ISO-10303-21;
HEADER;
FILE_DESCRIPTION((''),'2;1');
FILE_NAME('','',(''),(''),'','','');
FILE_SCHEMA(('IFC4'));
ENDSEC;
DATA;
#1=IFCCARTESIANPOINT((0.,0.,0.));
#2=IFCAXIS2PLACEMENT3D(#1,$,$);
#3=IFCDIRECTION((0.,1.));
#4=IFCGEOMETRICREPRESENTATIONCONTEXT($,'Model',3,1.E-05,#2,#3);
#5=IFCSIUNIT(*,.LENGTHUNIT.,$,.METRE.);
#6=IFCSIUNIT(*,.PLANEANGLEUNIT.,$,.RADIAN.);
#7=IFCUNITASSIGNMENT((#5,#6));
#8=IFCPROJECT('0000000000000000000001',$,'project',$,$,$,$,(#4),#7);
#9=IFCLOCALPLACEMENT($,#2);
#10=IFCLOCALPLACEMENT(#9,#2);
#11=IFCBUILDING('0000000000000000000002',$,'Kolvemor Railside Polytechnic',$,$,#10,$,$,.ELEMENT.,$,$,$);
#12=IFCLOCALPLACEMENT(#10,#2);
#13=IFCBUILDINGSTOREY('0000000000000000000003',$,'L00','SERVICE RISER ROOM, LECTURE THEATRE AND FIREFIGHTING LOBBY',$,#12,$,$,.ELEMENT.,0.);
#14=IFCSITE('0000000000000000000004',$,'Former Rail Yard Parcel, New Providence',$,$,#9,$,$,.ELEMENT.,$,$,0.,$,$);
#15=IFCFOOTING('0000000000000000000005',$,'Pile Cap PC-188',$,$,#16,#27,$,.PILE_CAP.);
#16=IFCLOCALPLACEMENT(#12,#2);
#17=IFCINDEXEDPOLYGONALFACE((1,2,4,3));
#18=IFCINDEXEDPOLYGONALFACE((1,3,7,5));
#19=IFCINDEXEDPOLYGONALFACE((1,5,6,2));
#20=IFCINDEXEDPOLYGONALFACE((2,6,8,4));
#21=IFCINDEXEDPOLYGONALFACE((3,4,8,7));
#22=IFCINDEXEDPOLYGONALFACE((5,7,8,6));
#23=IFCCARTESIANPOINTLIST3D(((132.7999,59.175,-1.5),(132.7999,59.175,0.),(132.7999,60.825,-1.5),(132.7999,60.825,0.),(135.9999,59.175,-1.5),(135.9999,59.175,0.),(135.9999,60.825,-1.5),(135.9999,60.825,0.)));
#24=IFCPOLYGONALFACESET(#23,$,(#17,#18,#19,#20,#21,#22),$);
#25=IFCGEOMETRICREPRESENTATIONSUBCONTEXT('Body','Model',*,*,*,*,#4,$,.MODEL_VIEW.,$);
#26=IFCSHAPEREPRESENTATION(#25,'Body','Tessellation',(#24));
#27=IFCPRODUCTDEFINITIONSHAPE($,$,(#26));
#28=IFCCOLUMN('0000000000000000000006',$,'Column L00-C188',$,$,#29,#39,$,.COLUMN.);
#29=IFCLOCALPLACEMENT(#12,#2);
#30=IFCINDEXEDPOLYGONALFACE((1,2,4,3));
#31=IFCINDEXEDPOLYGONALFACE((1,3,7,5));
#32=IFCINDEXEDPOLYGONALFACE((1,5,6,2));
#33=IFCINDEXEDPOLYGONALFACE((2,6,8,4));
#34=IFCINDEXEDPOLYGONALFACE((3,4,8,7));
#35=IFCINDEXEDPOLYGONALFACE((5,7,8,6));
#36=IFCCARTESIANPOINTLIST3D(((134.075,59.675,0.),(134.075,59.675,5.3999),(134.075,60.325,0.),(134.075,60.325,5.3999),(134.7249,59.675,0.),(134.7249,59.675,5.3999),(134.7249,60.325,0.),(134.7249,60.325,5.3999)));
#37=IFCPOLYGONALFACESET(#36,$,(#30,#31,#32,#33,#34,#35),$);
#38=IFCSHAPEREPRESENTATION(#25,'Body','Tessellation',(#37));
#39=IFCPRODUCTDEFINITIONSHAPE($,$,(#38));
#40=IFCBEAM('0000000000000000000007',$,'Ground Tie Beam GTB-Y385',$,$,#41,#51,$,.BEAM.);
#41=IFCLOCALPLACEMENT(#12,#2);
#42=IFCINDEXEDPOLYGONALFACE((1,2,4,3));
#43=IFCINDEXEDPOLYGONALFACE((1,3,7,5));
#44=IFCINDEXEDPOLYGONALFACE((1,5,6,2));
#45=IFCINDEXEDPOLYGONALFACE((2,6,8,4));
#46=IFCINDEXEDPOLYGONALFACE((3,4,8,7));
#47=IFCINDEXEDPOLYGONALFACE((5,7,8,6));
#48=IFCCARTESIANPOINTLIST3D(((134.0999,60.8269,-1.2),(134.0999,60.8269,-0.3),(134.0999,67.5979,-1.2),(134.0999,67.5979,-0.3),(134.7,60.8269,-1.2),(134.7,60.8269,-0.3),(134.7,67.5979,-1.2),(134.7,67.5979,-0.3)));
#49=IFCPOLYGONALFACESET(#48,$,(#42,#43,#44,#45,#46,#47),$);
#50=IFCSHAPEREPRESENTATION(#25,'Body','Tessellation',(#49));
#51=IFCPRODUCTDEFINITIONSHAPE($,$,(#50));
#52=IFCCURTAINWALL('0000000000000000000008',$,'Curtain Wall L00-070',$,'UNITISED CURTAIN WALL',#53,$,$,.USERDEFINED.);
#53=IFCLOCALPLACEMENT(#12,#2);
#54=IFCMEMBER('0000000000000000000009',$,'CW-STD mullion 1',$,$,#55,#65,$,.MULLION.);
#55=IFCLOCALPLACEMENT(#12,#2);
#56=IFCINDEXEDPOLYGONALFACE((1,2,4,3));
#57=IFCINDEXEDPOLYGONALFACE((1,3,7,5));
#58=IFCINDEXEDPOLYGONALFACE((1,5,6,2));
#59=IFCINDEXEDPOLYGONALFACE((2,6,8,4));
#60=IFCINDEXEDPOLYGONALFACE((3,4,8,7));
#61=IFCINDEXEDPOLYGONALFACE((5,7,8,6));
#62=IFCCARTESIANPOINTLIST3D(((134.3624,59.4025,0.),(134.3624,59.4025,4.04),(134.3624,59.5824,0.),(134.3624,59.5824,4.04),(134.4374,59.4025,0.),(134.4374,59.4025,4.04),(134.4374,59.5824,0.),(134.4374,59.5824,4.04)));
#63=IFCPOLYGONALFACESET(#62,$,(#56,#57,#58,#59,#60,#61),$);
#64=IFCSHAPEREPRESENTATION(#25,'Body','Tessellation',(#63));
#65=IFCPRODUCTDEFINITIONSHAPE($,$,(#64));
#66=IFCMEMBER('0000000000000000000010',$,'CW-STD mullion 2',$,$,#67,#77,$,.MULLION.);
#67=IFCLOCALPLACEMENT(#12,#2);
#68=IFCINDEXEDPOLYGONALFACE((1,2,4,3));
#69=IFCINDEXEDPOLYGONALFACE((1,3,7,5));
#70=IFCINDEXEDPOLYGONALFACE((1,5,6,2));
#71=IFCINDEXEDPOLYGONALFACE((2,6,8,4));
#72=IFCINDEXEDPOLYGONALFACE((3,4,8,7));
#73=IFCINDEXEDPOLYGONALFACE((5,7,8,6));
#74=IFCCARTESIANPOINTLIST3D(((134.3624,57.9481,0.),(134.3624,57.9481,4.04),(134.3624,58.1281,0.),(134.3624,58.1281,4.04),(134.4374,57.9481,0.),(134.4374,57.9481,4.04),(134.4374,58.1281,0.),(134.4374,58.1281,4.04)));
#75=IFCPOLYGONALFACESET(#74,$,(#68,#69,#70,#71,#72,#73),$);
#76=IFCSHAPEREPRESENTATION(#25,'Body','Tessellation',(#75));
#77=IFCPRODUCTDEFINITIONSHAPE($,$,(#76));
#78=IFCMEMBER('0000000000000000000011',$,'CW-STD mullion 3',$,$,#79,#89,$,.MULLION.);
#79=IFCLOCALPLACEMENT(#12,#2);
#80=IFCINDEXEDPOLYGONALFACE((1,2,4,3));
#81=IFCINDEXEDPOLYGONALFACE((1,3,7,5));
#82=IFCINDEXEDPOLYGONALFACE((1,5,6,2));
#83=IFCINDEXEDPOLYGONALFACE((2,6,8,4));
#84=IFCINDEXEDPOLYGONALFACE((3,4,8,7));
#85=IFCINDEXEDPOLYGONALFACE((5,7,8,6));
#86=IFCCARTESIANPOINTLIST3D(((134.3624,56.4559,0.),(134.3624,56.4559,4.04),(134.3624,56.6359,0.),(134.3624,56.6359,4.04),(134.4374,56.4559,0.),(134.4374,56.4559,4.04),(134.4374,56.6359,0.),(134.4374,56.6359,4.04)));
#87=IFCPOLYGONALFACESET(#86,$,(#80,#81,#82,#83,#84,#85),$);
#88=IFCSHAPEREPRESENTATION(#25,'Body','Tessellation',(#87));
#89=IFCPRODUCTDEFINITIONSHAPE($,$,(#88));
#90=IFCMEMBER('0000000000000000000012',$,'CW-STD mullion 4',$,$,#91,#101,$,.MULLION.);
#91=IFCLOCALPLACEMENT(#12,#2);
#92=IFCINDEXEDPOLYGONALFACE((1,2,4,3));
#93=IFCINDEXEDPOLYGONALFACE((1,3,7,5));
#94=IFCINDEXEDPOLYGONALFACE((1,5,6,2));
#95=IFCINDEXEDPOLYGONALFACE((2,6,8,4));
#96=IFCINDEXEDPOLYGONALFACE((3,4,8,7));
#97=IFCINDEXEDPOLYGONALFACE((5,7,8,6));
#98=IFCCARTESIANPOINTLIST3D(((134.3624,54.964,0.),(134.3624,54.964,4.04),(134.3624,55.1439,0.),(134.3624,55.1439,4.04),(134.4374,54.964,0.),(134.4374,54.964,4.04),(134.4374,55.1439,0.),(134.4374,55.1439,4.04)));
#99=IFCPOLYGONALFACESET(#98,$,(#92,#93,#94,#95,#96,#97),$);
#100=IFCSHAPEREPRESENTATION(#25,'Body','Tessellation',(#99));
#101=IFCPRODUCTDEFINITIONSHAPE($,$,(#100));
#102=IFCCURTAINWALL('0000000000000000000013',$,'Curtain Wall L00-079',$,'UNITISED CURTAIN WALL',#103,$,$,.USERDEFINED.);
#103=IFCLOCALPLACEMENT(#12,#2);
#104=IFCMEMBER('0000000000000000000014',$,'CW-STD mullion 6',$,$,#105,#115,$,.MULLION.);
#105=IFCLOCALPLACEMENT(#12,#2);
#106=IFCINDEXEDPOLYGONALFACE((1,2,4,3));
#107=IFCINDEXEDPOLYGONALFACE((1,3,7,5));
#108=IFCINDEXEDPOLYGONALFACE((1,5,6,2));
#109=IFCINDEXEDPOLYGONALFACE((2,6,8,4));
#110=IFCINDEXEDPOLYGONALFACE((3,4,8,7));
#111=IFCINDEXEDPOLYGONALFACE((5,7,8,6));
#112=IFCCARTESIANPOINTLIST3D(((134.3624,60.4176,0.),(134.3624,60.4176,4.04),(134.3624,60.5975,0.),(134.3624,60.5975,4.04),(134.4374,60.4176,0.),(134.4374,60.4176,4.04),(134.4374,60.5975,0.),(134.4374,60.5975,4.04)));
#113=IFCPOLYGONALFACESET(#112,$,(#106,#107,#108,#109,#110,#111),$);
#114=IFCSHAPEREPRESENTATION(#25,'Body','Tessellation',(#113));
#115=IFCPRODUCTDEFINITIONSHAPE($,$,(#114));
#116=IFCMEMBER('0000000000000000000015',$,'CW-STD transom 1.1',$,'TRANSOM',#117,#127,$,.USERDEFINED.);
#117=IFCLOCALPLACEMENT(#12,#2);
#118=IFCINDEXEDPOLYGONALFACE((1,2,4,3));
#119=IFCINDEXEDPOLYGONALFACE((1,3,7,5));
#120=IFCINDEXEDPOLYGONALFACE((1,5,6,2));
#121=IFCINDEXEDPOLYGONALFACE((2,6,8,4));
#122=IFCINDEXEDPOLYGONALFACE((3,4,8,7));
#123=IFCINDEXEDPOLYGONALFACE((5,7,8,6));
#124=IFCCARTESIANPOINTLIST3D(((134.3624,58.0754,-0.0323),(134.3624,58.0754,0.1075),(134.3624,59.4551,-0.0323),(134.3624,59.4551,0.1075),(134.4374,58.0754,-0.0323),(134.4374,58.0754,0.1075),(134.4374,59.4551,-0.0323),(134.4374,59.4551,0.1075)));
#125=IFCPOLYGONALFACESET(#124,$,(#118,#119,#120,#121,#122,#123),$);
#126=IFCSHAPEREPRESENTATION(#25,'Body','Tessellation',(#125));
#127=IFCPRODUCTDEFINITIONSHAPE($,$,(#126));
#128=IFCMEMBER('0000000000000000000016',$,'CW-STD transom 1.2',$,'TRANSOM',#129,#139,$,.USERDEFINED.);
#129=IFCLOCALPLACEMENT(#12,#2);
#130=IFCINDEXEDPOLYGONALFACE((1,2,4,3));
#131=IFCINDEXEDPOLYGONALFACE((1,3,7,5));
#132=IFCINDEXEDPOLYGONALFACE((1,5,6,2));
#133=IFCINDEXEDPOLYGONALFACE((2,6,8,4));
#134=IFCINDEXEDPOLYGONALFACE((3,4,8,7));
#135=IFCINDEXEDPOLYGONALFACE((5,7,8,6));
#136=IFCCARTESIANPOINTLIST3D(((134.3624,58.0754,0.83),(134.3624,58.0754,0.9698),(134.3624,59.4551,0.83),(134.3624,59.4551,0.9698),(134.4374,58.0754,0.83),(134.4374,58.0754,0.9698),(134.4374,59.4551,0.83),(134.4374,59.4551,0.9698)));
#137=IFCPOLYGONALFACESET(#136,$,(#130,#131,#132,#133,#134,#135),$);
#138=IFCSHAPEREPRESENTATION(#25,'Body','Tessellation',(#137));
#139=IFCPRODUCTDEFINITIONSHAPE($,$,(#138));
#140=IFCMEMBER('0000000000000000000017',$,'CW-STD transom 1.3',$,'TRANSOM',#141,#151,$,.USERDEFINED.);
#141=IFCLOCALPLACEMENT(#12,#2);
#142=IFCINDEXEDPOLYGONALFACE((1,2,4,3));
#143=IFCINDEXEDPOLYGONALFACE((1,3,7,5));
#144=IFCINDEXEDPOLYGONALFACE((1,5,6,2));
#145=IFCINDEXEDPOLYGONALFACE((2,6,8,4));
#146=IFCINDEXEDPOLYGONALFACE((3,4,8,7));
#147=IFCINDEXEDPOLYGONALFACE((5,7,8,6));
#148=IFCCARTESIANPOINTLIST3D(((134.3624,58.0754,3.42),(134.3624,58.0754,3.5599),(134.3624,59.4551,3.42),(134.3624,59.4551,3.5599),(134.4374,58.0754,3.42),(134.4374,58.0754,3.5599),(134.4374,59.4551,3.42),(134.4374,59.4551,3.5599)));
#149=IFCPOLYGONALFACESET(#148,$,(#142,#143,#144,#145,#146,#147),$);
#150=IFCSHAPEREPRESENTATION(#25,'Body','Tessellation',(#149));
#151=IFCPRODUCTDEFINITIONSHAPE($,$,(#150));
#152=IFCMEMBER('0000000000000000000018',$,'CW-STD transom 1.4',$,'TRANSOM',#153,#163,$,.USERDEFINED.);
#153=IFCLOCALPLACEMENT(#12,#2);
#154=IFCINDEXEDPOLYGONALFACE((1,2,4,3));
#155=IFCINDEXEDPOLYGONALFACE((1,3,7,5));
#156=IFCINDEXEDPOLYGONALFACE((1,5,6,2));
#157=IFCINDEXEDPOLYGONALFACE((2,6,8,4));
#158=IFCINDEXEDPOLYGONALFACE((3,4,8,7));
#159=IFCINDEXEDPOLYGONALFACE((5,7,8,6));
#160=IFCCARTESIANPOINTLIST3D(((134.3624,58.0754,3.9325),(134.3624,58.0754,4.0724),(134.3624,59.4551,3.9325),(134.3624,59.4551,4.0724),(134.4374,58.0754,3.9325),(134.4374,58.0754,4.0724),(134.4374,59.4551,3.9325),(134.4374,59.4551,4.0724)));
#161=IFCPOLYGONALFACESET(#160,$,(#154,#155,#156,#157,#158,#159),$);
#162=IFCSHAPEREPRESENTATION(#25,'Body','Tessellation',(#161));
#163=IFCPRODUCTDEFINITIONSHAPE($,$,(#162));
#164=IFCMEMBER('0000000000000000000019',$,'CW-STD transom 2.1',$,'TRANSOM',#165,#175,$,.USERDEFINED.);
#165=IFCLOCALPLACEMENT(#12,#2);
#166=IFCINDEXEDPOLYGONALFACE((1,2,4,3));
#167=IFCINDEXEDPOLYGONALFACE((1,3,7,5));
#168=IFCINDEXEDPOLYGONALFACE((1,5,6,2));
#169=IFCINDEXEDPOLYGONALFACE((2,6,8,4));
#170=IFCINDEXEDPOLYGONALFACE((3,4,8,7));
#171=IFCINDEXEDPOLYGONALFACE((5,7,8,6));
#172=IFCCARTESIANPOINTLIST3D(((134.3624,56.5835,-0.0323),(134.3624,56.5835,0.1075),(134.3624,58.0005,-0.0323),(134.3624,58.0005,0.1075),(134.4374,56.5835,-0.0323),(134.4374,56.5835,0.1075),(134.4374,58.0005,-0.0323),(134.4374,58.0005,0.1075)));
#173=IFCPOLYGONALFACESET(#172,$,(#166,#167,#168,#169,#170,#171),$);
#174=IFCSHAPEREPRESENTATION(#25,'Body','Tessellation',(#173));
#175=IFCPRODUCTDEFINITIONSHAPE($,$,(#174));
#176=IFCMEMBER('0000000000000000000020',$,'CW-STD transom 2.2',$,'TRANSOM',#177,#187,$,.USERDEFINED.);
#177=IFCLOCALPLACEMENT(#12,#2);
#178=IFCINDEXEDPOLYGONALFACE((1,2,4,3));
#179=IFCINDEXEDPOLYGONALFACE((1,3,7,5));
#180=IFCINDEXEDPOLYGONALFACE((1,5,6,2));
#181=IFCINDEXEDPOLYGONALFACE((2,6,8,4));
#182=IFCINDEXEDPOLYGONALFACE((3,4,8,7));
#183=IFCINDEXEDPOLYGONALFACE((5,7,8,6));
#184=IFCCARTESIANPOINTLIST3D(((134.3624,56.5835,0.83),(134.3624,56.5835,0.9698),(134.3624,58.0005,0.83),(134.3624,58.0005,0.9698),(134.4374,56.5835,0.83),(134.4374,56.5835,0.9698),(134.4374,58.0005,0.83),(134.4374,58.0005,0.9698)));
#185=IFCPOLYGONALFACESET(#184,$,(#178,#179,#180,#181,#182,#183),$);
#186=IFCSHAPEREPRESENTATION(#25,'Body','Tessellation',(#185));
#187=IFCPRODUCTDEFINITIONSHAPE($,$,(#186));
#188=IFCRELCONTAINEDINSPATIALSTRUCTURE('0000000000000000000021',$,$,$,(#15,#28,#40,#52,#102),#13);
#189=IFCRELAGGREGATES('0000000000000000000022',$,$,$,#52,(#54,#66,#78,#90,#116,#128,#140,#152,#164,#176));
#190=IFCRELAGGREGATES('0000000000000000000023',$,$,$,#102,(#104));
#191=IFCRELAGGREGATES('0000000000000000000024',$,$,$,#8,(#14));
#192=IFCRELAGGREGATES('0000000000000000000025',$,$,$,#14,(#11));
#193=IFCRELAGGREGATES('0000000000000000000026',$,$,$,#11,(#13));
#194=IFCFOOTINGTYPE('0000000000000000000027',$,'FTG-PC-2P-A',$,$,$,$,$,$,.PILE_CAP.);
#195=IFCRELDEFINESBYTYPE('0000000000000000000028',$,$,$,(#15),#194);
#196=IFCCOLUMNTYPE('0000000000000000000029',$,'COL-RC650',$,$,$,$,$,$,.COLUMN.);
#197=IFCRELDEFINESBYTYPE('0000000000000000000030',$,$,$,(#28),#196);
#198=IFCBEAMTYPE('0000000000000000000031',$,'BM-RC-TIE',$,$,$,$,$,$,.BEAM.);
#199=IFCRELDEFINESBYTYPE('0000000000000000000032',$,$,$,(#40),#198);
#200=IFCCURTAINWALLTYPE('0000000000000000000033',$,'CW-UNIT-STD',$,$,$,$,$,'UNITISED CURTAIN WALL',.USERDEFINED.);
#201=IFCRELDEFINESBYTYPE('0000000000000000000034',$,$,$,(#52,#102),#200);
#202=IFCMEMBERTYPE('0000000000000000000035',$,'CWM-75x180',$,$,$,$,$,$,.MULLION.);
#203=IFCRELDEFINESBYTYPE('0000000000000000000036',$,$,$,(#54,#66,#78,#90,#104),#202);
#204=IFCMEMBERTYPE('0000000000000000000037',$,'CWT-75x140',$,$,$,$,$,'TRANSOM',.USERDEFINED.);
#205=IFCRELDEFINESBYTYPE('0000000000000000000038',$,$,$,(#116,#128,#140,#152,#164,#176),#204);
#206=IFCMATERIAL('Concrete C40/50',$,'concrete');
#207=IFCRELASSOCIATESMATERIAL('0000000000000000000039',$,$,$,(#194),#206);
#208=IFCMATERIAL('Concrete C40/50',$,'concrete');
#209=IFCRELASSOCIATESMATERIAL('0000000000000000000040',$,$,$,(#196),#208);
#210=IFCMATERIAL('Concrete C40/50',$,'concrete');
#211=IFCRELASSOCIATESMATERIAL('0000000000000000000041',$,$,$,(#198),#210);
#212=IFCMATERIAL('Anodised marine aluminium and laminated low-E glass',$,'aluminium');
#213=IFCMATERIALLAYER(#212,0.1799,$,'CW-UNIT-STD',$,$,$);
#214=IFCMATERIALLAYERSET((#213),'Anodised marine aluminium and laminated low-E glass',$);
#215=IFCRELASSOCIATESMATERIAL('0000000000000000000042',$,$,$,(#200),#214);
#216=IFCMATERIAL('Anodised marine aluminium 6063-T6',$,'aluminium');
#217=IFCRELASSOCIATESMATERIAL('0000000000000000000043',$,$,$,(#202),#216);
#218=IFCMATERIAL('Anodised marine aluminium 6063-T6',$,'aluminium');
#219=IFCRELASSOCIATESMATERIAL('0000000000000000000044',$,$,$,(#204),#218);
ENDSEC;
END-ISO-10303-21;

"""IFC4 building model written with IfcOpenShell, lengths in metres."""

from ifc_helpers import new_model, si_unit, direction, frame, origin, origin_2d, place, context, subcontext, project, spatial, rectangle, extrude, material, layer, layer_set, material_profile, profile_set, type_object, element, aggregate, save


model = new_model("IFC4")

# Units and contexts
model_context = context("Model", 3, precision=1e-05, world=origin(), true_north=direction((0.0, 1.0)))
body_context = subcontext(model_context, "Body", "Model", "MODEL_VIEW")
ifc_project = project(units=[si_unit("LENGTHUNIT", "METRE"), si_unit("PLANEANGLEUNIT", "RADIAN")], contexts=[model_context])

# Site, building, storey
site_placement = place(None, origin())
site = spatial("IfcSite", under=ifc_project, at=site_placement, Name="Former Rail Yard Parcel, New Providence", CompositionType="ELEMENT", RefElevation=0.0)
building_placement = place(site_placement, origin())
building = spatial("IfcBuilding", under=site, at=building_placement, Name="Kolvemor Railside Polytechnic", CompositionType="ELEMENT")
storey_placement = place(building_placement, origin())
storey = spatial("IfcBuildingStorey", under=building, at=storey_placement, Name="L00", Description="SERVICE RISER ROOM, LECTURE THEATRE AND FIREFIGHTING LOBBY", CompositionType="ELEMENT", Elevation=0.0)

# Footing
ifc_material_1 = material(Name="Concrete C40/50", Category="concrete")
footing_type = type_object("IfcFootingType", Name="FTG-PC-2P-A", PredefinedType="PILE_CAP", material=ifc_material_1)
footing_placement = place(storey_placement, frame((134.3999, 60.0, -1.5), z_axis=(0.0, 0.0, 1.0), x_axis=(1.0, 0.0, 0.0)))
element("IfcFooting", 1, at=footing_placement, inside=storey, type_object=footing_type, Name="Pile Cap PC-188", PredefinedType="PILE_CAP", context=body_context, shape_type="SweptSolid", body=[
    extrude(rectangle(XDim=3.2, YDim=1.6499, at=origin_2d()), origin(), (0.0, 0.0, 1.0), 1.5),
])

# Column
ifc_material_2 = material(Name="Concrete C40/50", Category="concrete")
ifc_material_profile_1 = material_profile(ifc_material_2, rectangle(XDim=0.6499, YDim=0.6499, at=origin_2d()), Name="RC650x650")
ifc_profile_set_1 = profile_set([ifc_material_profile_1], Name="Concrete C40/50")
column_type = type_object("IfcColumnType", Name="COL-RC650", PredefinedType="COLUMN", material=ifc_profile_set_1)
column_placement = place(storey_placement, frame((134.3999, 60.0, 0.0), z_axis=(0.0, 0.0, 1.0), x_axis=(1.0, 0.0, 0.0)))
element("IfcColumn", 2, at=column_placement, inside=storey, type_object=column_type, Name="Column L00-C188", PredefinedType="COLUMN", context=body_context, shape_type="SweptSolid", body=[
    extrude(rectangle(XDim=0.6499, YDim=0.6499, at=origin_2d()), origin(), (0.0, 0.0, 1.0), 5.3999),
])

# Beam
ifc_material_3 = material(Name="Concrete C40/50", Category="concrete")
ifc_material_profile_2 = material_profile(ifc_material_3, rectangle(XDim=0.6001, YDim=0.8999, at=origin_2d()), Name="RC600x900")
ifc_profile_set_2 = profile_set([ifc_material_profile_2], Name="Concrete C40/50")
beam_type = type_object("IfcBeamType", Name="BM-RC-TIE", PredefinedType="BEAM", material=ifc_profile_set_2)
beam_placement = place(storey_placement, frame((134.3999, 60.8269, -0.75), z_axis=(0.0, 1.0, 0.0), x_axis=(-1.0, 0.0, 0.0)))
element("IfcBeam", 3, at=beam_placement, inside=storey, type_object=beam_type, Name="Ground Tie Beam GTB-Y385", PredefinedType="BEAM", context=body_context, shape_type="SweptSolid", body=[
    extrude(rectangle(XDim=0.6001, YDim=0.8999, at=origin_2d()), origin(), (0.0, 0.0, 1.0), 6.771),
])

# Curtain wall, members
ifc_material_4 = material(Name="Anodised marine aluminium and laminated low-E glass", Category="aluminium")
ifc_layer_1 = layer(ifc_material_4, 0.1799, Name="CW-UNIT-STD")
ifc_layer_set_1 = layer_set([ifc_layer_1], Name="Anodised marine aluminium and laminated low-E glass")
curtain_wall_type = type_object("IfcCurtainWallType", Name="CW-UNIT-STD", ElementType="UNITISED CURTAIN WALL", PredefinedType="USERDEFINED", material=ifc_layer_set_1)
curtain_wall_1_placement = place(storey_placement, origin())
curtain_wall_1 = element("IfcCurtainWall", 4, at=curtain_wall_1_placement, inside=storey, type_object=curtain_wall_type, Name="Curtain Wall L00-070", ObjectType="UNITISED CURTAIN WALL", PredefinedType="USERDEFINED")
ifc_material_5 = material(Name="Anodised marine aluminium 6063-T6", Category="aluminium")
ifc_material_profile_3 = material_profile(ifc_material_5, rectangle(XDim=0.075, YDim=0.1799, at=origin_2d()), Name="CW-MUL-75x180")
ifc_profile_set_3 = profile_set([ifc_material_profile_3], Name="Anodised marine aluminium 6063-T6")
member_type_1 = type_object("IfcMemberType", Name="CWM-75x180", PredefinedType="MULLION", material=ifc_profile_set_3)
member_1_placement = place(storey_placement, frame((134.3999, 59.4924, 0.0), z_axis=(0.0, 0.0, 1.0), x_axis=(1.0, 0.0, 0.0)))
member_1 = element("IfcMember", 5, at=member_1_placement, type_object=member_type_1, Name="CW-STD mullion 1", PredefinedType="MULLION", context=body_context, shape_type="SweptSolid", body=[
    extrude(rectangle(XDim=0.075, YDim=0.1799, at=origin_2d()), origin(), (0.0, 0.0, 1.0), 4.04),
])
member_2_placement = place(storey_placement, frame((134.3999, 58.0381, 0.0), z_axis=(0.0, 0.0, 1.0), x_axis=(1.0, 0.0, 0.0)))
member_2 = element("IfcMember", 6, at=member_2_placement, type_object=member_type_1, Name="CW-STD mullion 2", PredefinedType="MULLION", context=body_context, shape_type="SweptSolid", body=[
    extrude(rectangle(XDim=0.075, YDim=0.1799, at=origin_2d()), origin(), (0.0, 0.0, 1.0), 4.04),
])
member_3_placement = place(storey_placement, frame((134.3999, 56.5459, 0.0), z_axis=(0.0, 0.0, 1.0), x_axis=(1.0, 0.0, 0.0)))
member_3 = element("IfcMember", 7, at=member_3_placement, type_object=member_type_1, Name="CW-STD mullion 3", PredefinedType="MULLION", context=body_context, shape_type="SweptSolid", body=[
    extrude(rectangle(XDim=0.075, YDim=0.1799, at=origin_2d()), origin(), (0.0, 0.0, 1.0), 4.04),
])
member_4_placement = place(storey_placement, frame((134.3999, 55.054, 0.0), z_axis=(0.0, 0.0, 1.0), x_axis=(1.0, 0.0, 0.0)))
member_4 = element("IfcMember", 8, at=member_4_placement, type_object=member_type_1, Name="CW-STD mullion 4", PredefinedType="MULLION", context=body_context, shape_type="SweptSolid", body=[
    extrude(rectangle(XDim=0.075, YDim=0.1799, at=origin_2d()), origin(), (0.0, 0.0, 1.0), 4.04),
])

# Curtain wall, member
curtain_wall_2_placement = place(storey_placement, origin())
curtain_wall_2 = element("IfcCurtainWall", 9, at=curtain_wall_2_placement, inside=storey, type_object=curtain_wall_type, Name="Curtain Wall L00-079", ObjectType="UNITISED CURTAIN WALL", PredefinedType="USERDEFINED")
member_5_placement = place(storey_placement, frame((134.3999, 60.5076, 0.0), z_axis=(0.0, 0.0, 1.0), x_axis=(1.0, 0.0, 0.0)))
member_5 = element("IfcMember", 10, at=member_5_placement, type_object=member_type_1, Name="CW-STD mullion 6", PredefinedType="MULLION", context=body_context, shape_type="SweptSolid", body=[
    extrude(rectangle(XDim=0.075, YDim=0.1799, at=origin_2d()), origin(), (0.0, 0.0, 1.0), 4.04),
])

# Members
ifc_material_6 = material(Name="Anodised marine aluminium 6063-T6", Category="aluminium")
ifc_material_profile_4 = material_profile(ifc_material_6, rectangle(XDim=0.075, YDim=0.1399, at=origin_2d()), Name="CW-TRN-75x140")
ifc_profile_set_4 = profile_set([ifc_material_profile_4], Name="Anodised marine aluminium 6063-T6")
member_type_2 = type_object("IfcMemberType", Name="CWT-75x140", ElementType="TRANSOM", PredefinedType="USERDEFINED", material=ifc_profile_set_4)
member_6_placement = place(storey_placement, frame((134.3999, 59.4551, 0.0376), z_axis=(0.0, -1.0, 0.0), x_axis=(1.0, 0.0, 0.0)))
member_6 = element("IfcMember", 11, at=member_6_placement, type_object=member_type_2, Name="CW-STD transom 1.1", ObjectType="TRANSOM", PredefinedType="USERDEFINED", context=body_context, shape_type="SweptSolid", body=[
    extrude(rectangle(XDim=0.075, YDim=0.1399, at=origin_2d()), origin(), (0.0, 0.0, 1.0), 1.3796),
])
member_7_placement = place(storey_placement, frame((134.3999, 59.4551, 0.8999), z_axis=(0.0, -1.0, 0.0), x_axis=(1.0, 0.0, 0.0)))
member_7 = element("IfcMember", 12, at=member_7_placement, type_object=member_type_2, Name="CW-STD transom 1.2", ObjectType="TRANSOM", PredefinedType="USERDEFINED", context=body_context, shape_type="SweptSolid", body=[
    extrude(rectangle(XDim=0.075, YDim=0.1399, at=origin_2d()), origin(), (0.0, 0.0, 1.0), 1.3796),
])
member_8_placement = place(storey_placement, frame((134.3999, 59.4551, 3.49), z_axis=(0.0, -1.0, 0.0), x_axis=(1.0, 0.0, 0.0)))
member_8 = element("IfcMember", 13, at=member_8_placement, type_object=member_type_2, Name="CW-STD transom 1.3", ObjectType="TRANSOM", PredefinedType="USERDEFINED", context=body_context, shape_type="SweptSolid", body=[
    extrude(rectangle(XDim=0.075, YDim=0.1399, at=origin_2d()), origin(), (0.0, 0.0, 1.0), 1.3796),
])
member_9_placement = place(storey_placement, frame((134.3999, 59.4551, 4.0024), z_axis=(0.0, -1.0, 0.0), x_axis=(1.0, 0.0, 0.0)))
member_9 = element("IfcMember", 14, at=member_9_placement, type_object=member_type_2, Name="CW-STD transom 1.4", ObjectType="TRANSOM", PredefinedType="USERDEFINED", context=body_context, shape_type="SweptSolid", body=[
    extrude(rectangle(XDim=0.075, YDim=0.1399, at=origin_2d()), origin(), (0.0, 0.0, 1.0), 1.3796),
])
member_10_placement = place(storey_placement, frame((134.3999, 58.0005, 0.0376), z_axis=(0.0, -1.0, 0.0), x_axis=(1.0, 0.0, 0.0)))
member_10 = element("IfcMember", 15, at=member_10_placement, type_object=member_type_2, Name="CW-STD transom 2.1", ObjectType="TRANSOM", PredefinedType="USERDEFINED", context=body_context, shape_type="SweptSolid", body=[
    extrude(rectangle(XDim=0.075, YDim=0.1399, at=origin_2d()), origin(), (0.0, 0.0, 1.0), 1.417),
])
member_11_placement = place(storey_placement, frame((134.3999, 58.0005, 0.8999), z_axis=(0.0, -1.0, 0.0), x_axis=(1.0, 0.0, 0.0)))
member_11 = element("IfcMember", 16, at=member_11_placement, type_object=member_type_2, Name="CW-STD transom 2.2", ObjectType="TRANSOM", PredefinedType="USERDEFINED", context=body_context, shape_type="SweptSolid", body=[
    extrude(rectangle(XDim=0.075, YDim=0.1399, at=origin_2d()), origin(), (0.0, 0.0, 1.0), 1.417),
])

aggregate(curtain_wall_1, [member_1, member_2, member_3, member_4, member_6, member_7, member_8, member_9, member_10, member_11])
aggregate(curtain_wall_2, [member_5])

save(model, "model.ifc")
